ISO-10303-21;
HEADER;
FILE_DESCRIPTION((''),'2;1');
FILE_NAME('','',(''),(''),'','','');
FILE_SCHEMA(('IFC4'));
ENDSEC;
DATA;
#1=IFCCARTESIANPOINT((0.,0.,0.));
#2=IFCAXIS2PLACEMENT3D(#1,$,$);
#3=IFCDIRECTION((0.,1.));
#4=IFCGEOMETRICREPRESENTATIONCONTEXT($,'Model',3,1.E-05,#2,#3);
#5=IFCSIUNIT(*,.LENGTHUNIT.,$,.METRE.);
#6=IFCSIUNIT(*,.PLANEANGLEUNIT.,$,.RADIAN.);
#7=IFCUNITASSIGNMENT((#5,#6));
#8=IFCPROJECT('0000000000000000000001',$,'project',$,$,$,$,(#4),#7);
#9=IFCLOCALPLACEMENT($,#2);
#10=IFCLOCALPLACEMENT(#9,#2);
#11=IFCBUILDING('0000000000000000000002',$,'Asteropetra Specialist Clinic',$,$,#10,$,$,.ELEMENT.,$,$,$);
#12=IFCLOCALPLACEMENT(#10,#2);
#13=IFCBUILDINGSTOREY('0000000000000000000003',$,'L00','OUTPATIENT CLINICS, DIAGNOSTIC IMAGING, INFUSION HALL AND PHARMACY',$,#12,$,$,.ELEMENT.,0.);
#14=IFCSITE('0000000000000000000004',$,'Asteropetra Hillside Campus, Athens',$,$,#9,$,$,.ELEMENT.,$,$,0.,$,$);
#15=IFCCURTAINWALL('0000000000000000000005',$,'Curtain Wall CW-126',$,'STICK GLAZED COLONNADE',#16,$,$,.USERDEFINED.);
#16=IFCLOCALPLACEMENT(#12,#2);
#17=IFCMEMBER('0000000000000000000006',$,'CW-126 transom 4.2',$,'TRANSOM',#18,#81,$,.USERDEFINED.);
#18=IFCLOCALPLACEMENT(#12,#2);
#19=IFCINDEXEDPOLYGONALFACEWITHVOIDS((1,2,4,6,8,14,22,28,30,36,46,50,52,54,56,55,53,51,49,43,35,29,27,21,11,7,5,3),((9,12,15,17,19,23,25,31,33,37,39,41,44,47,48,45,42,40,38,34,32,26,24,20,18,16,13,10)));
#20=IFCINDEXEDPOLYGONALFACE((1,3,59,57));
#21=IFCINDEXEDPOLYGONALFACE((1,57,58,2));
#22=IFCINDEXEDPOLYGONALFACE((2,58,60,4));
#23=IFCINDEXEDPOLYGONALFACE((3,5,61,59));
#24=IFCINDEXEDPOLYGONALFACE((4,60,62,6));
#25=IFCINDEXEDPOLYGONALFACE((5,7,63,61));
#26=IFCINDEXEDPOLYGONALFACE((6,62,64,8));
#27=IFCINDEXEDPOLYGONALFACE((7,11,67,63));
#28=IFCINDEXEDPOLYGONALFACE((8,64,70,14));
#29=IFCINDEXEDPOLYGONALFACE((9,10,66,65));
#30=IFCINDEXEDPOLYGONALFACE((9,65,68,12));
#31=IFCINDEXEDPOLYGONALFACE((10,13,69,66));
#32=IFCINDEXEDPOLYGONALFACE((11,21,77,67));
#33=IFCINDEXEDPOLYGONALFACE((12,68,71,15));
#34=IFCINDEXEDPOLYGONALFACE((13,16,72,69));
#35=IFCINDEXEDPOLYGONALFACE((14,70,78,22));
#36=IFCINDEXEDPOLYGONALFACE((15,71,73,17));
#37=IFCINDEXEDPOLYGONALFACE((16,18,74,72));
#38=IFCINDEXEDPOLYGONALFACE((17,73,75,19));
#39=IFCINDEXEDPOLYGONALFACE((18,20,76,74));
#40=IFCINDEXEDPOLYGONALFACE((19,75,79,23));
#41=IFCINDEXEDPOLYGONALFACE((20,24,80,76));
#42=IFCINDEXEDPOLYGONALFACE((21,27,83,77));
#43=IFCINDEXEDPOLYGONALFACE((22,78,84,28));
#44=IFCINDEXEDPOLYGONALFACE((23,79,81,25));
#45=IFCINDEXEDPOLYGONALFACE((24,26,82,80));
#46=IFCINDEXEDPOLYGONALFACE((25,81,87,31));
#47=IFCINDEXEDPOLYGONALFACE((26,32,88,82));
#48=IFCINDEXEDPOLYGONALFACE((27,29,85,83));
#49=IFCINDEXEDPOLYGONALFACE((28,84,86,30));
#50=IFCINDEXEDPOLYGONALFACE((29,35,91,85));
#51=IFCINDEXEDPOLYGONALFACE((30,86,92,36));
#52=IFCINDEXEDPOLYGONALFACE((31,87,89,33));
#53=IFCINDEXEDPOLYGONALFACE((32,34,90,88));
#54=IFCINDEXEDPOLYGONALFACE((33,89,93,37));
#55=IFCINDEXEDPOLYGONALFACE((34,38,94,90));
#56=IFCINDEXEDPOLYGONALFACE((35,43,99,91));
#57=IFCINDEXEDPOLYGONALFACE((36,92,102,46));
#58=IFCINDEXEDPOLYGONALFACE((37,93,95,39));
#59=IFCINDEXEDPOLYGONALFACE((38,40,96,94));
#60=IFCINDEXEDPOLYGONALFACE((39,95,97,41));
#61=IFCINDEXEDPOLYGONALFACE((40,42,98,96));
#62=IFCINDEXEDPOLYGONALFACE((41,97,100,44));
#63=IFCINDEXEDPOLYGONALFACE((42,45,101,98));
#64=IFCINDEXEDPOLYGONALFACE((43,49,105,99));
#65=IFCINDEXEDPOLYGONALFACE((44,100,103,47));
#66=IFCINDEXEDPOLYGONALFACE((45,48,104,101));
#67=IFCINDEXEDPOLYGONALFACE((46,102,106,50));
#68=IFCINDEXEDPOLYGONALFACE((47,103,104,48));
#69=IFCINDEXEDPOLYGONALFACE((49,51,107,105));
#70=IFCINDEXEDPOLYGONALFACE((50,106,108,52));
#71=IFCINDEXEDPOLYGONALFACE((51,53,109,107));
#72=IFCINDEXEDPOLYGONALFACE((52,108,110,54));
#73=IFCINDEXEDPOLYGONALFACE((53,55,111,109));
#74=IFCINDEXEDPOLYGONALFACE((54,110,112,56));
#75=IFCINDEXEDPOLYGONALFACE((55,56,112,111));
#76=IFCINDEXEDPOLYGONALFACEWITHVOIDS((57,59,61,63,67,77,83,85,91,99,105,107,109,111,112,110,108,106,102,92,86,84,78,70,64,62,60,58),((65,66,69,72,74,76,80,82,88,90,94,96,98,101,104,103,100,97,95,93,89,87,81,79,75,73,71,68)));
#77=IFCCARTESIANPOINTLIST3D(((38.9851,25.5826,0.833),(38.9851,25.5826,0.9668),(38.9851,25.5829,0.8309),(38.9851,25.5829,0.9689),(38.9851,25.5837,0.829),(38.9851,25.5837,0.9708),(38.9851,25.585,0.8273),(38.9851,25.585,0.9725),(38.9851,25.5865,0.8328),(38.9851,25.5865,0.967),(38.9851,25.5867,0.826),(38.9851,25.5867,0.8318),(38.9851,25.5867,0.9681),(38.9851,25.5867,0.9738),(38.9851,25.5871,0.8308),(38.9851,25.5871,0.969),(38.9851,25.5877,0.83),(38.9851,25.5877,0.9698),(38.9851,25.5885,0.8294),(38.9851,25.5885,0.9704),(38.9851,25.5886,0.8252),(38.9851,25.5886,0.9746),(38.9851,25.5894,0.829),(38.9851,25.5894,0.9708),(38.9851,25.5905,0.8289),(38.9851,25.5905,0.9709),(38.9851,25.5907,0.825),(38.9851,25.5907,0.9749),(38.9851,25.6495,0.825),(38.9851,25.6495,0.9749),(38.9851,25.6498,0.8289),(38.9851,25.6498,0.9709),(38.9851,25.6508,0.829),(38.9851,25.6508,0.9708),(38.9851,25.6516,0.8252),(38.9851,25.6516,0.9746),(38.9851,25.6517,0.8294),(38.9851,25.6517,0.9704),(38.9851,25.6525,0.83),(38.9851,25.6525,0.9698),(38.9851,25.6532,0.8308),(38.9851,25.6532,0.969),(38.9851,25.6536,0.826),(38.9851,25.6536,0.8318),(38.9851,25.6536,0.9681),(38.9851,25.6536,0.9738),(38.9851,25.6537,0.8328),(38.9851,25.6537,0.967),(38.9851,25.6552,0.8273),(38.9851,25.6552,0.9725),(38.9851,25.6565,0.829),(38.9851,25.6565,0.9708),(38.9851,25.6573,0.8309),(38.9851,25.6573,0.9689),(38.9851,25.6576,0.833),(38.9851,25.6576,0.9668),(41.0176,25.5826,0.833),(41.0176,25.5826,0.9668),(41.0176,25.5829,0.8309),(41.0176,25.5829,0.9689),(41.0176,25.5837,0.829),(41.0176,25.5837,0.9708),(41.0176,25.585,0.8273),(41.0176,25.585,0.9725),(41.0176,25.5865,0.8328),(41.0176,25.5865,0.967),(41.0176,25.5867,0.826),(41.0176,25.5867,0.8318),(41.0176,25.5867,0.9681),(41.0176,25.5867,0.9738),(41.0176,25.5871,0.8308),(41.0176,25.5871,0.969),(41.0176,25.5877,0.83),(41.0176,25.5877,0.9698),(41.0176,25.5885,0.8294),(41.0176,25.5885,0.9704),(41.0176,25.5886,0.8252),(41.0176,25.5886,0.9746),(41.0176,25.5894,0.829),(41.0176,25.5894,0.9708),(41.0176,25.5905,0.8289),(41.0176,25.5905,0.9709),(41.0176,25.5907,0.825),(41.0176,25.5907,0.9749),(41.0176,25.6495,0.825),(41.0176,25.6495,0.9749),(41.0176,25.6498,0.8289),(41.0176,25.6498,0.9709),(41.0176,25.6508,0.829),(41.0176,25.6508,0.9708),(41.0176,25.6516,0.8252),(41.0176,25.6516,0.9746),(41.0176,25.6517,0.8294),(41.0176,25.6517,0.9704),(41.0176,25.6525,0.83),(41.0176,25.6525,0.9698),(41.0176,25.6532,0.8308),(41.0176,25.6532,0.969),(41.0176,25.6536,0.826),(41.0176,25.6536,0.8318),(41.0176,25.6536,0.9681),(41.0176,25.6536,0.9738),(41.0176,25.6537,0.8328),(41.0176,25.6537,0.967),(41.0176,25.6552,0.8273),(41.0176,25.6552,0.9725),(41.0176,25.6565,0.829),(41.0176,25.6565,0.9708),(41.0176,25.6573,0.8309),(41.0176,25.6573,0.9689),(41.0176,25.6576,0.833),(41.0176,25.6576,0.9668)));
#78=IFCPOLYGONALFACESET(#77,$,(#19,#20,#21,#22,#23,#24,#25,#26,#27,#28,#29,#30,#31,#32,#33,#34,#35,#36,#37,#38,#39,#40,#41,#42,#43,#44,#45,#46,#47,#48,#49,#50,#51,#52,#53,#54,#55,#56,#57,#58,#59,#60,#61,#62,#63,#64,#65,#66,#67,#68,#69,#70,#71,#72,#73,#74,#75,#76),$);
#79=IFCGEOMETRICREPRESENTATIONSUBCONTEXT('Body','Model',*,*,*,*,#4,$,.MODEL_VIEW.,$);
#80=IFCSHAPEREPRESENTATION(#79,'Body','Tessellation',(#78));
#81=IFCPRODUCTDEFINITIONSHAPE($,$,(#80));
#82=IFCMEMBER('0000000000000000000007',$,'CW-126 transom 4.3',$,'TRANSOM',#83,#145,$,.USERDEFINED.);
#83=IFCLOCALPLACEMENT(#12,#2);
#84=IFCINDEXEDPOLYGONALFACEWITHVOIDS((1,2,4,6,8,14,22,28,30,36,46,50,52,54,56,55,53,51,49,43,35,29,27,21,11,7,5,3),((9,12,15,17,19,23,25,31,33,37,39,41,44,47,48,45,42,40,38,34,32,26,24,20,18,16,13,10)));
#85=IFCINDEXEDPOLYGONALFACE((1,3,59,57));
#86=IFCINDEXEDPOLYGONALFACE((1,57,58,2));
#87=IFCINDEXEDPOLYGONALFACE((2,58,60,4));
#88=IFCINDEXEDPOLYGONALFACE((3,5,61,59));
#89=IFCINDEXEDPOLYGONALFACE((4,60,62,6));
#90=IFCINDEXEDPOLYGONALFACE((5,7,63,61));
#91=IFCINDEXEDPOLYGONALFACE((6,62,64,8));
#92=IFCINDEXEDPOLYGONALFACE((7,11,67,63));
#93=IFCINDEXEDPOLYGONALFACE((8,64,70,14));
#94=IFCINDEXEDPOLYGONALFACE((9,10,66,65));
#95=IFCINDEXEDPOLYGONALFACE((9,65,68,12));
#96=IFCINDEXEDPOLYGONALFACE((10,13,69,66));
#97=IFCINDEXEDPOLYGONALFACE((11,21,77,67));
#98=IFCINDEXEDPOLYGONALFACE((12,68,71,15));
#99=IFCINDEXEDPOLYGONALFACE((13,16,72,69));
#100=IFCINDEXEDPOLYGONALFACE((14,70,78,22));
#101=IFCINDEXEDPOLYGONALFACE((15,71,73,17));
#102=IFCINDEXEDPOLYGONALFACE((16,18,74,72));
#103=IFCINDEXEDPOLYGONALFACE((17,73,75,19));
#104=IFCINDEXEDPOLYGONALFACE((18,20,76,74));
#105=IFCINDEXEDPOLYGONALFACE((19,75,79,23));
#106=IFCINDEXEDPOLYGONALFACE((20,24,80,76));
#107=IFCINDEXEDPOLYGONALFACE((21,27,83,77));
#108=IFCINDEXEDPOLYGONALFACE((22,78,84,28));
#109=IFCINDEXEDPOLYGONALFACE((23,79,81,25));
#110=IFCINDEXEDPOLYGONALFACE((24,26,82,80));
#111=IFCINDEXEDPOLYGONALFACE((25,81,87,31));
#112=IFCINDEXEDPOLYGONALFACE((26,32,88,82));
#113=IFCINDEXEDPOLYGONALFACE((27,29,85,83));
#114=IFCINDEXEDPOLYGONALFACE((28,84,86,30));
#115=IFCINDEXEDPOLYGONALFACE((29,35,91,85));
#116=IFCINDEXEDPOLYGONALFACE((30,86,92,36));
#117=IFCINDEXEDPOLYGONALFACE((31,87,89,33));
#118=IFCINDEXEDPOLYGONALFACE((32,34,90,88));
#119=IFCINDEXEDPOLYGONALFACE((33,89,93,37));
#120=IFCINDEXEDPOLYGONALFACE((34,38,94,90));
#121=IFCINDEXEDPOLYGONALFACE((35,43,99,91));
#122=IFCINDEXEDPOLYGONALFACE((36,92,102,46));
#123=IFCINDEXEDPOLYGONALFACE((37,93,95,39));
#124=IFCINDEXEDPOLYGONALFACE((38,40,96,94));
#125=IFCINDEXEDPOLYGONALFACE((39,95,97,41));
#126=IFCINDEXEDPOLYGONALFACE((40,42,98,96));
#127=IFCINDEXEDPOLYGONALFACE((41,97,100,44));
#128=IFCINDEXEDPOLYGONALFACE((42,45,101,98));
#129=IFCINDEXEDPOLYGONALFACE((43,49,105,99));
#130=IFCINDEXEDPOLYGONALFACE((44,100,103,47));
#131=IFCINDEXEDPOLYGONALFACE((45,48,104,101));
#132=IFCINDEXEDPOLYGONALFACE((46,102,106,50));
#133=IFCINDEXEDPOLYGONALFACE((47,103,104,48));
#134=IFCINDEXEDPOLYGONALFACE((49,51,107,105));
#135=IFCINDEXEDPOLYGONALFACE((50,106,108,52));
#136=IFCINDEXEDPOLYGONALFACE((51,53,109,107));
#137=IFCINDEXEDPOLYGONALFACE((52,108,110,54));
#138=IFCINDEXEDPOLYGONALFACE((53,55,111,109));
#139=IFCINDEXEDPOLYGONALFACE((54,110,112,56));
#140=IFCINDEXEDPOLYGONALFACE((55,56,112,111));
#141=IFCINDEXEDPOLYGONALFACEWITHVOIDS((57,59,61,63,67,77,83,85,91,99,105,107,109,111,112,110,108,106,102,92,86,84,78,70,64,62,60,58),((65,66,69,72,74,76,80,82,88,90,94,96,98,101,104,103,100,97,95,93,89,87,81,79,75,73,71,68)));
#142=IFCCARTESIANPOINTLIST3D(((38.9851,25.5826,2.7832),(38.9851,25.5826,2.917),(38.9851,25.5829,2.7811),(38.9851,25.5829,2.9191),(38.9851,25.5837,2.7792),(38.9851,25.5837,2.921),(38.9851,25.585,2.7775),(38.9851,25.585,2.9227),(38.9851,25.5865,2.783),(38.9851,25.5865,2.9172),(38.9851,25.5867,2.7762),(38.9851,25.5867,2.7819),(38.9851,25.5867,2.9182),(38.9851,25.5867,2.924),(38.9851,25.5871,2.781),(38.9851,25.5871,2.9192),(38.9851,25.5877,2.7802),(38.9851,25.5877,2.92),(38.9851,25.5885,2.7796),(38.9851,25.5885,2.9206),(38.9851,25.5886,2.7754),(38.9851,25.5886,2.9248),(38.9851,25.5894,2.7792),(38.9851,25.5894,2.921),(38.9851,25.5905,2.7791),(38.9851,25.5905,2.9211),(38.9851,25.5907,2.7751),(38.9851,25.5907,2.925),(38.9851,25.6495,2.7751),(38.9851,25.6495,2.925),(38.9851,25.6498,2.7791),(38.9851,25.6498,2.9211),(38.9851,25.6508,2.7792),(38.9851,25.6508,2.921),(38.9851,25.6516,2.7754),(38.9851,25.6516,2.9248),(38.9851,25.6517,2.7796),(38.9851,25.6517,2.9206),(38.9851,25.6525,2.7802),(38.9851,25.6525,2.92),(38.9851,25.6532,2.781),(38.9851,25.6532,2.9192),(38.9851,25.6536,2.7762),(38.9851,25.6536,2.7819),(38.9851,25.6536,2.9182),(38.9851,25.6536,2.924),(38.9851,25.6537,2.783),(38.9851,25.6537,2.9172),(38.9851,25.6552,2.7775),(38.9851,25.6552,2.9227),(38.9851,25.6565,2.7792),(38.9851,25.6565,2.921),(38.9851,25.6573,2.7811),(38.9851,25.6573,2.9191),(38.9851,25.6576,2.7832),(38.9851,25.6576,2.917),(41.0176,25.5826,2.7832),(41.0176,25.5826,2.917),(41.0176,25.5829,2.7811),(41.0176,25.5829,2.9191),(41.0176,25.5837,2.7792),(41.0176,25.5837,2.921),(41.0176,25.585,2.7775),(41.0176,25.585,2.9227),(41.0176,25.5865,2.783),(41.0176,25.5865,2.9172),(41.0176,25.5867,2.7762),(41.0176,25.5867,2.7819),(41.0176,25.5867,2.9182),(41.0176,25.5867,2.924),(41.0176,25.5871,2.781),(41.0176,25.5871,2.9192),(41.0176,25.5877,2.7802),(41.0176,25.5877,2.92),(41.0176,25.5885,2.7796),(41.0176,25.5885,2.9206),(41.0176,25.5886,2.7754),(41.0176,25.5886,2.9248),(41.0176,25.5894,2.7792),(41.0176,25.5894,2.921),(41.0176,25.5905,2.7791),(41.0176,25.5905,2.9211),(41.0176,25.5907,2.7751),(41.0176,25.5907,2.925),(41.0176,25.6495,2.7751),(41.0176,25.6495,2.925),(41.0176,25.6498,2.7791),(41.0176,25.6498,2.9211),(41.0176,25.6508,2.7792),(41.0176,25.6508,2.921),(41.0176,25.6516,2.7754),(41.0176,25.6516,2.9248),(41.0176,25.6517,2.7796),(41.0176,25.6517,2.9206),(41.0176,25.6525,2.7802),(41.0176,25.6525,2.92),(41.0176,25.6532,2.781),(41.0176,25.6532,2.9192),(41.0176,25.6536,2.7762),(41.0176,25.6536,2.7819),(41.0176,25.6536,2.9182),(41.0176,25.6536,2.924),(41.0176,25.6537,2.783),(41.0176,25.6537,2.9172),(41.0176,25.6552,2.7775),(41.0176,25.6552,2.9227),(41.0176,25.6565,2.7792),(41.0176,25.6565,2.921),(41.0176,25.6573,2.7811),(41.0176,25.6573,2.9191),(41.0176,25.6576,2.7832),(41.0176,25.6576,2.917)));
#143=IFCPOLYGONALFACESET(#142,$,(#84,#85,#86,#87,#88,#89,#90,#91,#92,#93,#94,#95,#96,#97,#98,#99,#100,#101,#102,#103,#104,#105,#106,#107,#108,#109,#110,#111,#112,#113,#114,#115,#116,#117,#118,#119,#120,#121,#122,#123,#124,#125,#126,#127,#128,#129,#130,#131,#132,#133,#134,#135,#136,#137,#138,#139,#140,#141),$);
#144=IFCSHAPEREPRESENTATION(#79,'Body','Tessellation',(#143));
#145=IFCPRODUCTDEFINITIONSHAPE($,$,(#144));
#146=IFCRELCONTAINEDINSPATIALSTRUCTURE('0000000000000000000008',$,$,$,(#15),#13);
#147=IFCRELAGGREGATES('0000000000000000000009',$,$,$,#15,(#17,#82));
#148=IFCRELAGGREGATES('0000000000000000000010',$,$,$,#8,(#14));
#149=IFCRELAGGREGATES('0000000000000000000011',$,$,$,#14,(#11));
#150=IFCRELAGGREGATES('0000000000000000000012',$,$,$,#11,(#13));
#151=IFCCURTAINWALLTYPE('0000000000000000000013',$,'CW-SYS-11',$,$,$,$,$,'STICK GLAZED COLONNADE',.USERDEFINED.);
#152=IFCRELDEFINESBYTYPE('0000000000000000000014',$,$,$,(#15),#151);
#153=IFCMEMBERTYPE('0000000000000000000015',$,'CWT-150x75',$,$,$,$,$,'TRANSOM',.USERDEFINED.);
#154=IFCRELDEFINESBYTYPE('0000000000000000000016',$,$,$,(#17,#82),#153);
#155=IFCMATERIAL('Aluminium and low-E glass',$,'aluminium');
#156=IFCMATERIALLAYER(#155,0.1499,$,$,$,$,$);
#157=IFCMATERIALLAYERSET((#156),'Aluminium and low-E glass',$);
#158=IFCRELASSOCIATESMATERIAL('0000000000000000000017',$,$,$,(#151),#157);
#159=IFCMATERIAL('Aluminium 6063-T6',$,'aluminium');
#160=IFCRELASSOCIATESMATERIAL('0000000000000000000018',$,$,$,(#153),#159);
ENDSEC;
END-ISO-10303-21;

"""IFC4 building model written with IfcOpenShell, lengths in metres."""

from ifc_helpers import new_model, si_unit, direction, frame, origin, origin_2d, place, context, subcontext, project, spatial, hollow_rectangle, extrude, material, layer, layer_set, material_profile, profile_set, type_object, element, aggregate, save


model = new_model("IFC4")

# Units and contexts
model_context = context("Model", 3, precision=1e-05, world=origin(), true_north=direction((0.0, 1.0)))
body_context = subcontext(model_context, "Body", "Model", "MODEL_VIEW")
ifc_project = project(units=[si_unit("LENGTHUNIT", "METRE"), si_unit("PLANEANGLEUNIT", "RADIAN")], contexts=[model_context])

# Site, building, storey
site_placement = place(None, origin())
site = spatial("IfcSite", under=ifc_project, at=site_placement, Name="Asteropetra Hillside Campus, Athens", CompositionType="ELEMENT", RefElevation=0.0)
building_placement = place(site_placement, origin())
building = spatial("IfcBuilding", under=site, at=building_placement, Name="Asteropetra Specialist Clinic", CompositionType="ELEMENT")
storey_placement = place(building_placement, origin())
storey = spatial("IfcBuildingStorey", under=building, at=storey_placement, Name="L00", Description="OUTPATIENT CLINICS, DIAGNOSTIC IMAGING, INFUSION HALL AND PHARMACY", CompositionType="ELEMENT", Elevation=0.0)

# Curtain wall
ifc_material_1 = material(Name="Aluminium and low-E glass", Category="aluminium")
ifc_layer_1 = layer(ifc_material_1, 0.1499)
ifc_layer_set_1 = layer_set([ifc_layer_1], Name="Aluminium and low-E glass")
curtain_wall_type_1 = type_object("IfcCurtainWallType", Name="CW-SYS-11", ElementType="STICK GLAZED COLONNADE", PredefinedType="USERDEFINED", material=ifc_layer_set_1)
curtain_wall_1_placement = place(storey_placement, origin())
curtain_wall_1 = element("IfcCurtainWall", 1, at=curtain_wall_1_placement, inside=storey, type_object=curtain_wall_type_1, Name="Curtain Wall CW-126", ObjectType="STICK GLAZED COLONNADE", PredefinedType="USERDEFINED")

# Members
ifc_material_2 = material(Name="Aluminium 6063-T6", Category="aluminium")
ifc_material_profile_1 = material_profile(ifc_material_2, hollow_rectangle(XDim=0.075, YDim=0.1499, WallThickness=0.0039, InnerFilletRadius=0.0039, OuterFilletRadius=0.0081, at=origin_2d()), Name="TRN 150x75x4.0")
ifc_profile_set_1 = profile_set([ifc_material_profile_1], Name="Aluminium 6063-T6")
member_type_1 = type_object("IfcMemberType", Name="CWT-150x75", ElementType="TRANSOM", PredefinedType="USERDEFINED", material=ifc_profile_set_1)
member_1_placement = place(storey_placement, frame((41.0176, 25.6201, 0.8999), z_axis=(-1.0, 0.0, 0.0), x_axis=(0.0, -1.0, 0.0)))
member_1 = element("IfcMember", 2, at=member_1_placement, type_object=member_type_1, Name="CW-126 transom 4.2", ObjectType="TRANSOM", PredefinedType="USERDEFINED", context=body_context, shape_type="SweptSolid", body=[
    extrude(hollow_rectangle(XDim=0.075, YDim=0.1499, WallThickness=0.0039, InnerFilletRadius=0.0039, OuterFilletRadius=0.0081, at=origin_2d()), origin(), (0.0, 0.0, 1.0), 2.0325),
])
member_2_placement = place(storey_placement, frame((41.0176, 25.6201, 2.8501), z_axis=(-1.0, 0.0, 0.0), x_axis=(0.0, -1.0, 0.0)))
member_2 = element("IfcMember", 3, at=member_2_placement, type_object=member_type_1, Name="CW-126 transom 4.3", ObjectType="TRANSOM", PredefinedType="USERDEFINED", context=body_context, shape_type="SweptSolid", body=[
    extrude(hollow_rectangle(XDim=0.075, YDim=0.1499, WallThickness=0.0039, InnerFilletRadius=0.0039, OuterFilletRadius=0.0081, at=origin_2d()), origin(), (0.0, 0.0, 1.0), 2.0325),
])

aggregate(curtain_wall_1, [member_1, member_2])

save(model, "model.ifc")
